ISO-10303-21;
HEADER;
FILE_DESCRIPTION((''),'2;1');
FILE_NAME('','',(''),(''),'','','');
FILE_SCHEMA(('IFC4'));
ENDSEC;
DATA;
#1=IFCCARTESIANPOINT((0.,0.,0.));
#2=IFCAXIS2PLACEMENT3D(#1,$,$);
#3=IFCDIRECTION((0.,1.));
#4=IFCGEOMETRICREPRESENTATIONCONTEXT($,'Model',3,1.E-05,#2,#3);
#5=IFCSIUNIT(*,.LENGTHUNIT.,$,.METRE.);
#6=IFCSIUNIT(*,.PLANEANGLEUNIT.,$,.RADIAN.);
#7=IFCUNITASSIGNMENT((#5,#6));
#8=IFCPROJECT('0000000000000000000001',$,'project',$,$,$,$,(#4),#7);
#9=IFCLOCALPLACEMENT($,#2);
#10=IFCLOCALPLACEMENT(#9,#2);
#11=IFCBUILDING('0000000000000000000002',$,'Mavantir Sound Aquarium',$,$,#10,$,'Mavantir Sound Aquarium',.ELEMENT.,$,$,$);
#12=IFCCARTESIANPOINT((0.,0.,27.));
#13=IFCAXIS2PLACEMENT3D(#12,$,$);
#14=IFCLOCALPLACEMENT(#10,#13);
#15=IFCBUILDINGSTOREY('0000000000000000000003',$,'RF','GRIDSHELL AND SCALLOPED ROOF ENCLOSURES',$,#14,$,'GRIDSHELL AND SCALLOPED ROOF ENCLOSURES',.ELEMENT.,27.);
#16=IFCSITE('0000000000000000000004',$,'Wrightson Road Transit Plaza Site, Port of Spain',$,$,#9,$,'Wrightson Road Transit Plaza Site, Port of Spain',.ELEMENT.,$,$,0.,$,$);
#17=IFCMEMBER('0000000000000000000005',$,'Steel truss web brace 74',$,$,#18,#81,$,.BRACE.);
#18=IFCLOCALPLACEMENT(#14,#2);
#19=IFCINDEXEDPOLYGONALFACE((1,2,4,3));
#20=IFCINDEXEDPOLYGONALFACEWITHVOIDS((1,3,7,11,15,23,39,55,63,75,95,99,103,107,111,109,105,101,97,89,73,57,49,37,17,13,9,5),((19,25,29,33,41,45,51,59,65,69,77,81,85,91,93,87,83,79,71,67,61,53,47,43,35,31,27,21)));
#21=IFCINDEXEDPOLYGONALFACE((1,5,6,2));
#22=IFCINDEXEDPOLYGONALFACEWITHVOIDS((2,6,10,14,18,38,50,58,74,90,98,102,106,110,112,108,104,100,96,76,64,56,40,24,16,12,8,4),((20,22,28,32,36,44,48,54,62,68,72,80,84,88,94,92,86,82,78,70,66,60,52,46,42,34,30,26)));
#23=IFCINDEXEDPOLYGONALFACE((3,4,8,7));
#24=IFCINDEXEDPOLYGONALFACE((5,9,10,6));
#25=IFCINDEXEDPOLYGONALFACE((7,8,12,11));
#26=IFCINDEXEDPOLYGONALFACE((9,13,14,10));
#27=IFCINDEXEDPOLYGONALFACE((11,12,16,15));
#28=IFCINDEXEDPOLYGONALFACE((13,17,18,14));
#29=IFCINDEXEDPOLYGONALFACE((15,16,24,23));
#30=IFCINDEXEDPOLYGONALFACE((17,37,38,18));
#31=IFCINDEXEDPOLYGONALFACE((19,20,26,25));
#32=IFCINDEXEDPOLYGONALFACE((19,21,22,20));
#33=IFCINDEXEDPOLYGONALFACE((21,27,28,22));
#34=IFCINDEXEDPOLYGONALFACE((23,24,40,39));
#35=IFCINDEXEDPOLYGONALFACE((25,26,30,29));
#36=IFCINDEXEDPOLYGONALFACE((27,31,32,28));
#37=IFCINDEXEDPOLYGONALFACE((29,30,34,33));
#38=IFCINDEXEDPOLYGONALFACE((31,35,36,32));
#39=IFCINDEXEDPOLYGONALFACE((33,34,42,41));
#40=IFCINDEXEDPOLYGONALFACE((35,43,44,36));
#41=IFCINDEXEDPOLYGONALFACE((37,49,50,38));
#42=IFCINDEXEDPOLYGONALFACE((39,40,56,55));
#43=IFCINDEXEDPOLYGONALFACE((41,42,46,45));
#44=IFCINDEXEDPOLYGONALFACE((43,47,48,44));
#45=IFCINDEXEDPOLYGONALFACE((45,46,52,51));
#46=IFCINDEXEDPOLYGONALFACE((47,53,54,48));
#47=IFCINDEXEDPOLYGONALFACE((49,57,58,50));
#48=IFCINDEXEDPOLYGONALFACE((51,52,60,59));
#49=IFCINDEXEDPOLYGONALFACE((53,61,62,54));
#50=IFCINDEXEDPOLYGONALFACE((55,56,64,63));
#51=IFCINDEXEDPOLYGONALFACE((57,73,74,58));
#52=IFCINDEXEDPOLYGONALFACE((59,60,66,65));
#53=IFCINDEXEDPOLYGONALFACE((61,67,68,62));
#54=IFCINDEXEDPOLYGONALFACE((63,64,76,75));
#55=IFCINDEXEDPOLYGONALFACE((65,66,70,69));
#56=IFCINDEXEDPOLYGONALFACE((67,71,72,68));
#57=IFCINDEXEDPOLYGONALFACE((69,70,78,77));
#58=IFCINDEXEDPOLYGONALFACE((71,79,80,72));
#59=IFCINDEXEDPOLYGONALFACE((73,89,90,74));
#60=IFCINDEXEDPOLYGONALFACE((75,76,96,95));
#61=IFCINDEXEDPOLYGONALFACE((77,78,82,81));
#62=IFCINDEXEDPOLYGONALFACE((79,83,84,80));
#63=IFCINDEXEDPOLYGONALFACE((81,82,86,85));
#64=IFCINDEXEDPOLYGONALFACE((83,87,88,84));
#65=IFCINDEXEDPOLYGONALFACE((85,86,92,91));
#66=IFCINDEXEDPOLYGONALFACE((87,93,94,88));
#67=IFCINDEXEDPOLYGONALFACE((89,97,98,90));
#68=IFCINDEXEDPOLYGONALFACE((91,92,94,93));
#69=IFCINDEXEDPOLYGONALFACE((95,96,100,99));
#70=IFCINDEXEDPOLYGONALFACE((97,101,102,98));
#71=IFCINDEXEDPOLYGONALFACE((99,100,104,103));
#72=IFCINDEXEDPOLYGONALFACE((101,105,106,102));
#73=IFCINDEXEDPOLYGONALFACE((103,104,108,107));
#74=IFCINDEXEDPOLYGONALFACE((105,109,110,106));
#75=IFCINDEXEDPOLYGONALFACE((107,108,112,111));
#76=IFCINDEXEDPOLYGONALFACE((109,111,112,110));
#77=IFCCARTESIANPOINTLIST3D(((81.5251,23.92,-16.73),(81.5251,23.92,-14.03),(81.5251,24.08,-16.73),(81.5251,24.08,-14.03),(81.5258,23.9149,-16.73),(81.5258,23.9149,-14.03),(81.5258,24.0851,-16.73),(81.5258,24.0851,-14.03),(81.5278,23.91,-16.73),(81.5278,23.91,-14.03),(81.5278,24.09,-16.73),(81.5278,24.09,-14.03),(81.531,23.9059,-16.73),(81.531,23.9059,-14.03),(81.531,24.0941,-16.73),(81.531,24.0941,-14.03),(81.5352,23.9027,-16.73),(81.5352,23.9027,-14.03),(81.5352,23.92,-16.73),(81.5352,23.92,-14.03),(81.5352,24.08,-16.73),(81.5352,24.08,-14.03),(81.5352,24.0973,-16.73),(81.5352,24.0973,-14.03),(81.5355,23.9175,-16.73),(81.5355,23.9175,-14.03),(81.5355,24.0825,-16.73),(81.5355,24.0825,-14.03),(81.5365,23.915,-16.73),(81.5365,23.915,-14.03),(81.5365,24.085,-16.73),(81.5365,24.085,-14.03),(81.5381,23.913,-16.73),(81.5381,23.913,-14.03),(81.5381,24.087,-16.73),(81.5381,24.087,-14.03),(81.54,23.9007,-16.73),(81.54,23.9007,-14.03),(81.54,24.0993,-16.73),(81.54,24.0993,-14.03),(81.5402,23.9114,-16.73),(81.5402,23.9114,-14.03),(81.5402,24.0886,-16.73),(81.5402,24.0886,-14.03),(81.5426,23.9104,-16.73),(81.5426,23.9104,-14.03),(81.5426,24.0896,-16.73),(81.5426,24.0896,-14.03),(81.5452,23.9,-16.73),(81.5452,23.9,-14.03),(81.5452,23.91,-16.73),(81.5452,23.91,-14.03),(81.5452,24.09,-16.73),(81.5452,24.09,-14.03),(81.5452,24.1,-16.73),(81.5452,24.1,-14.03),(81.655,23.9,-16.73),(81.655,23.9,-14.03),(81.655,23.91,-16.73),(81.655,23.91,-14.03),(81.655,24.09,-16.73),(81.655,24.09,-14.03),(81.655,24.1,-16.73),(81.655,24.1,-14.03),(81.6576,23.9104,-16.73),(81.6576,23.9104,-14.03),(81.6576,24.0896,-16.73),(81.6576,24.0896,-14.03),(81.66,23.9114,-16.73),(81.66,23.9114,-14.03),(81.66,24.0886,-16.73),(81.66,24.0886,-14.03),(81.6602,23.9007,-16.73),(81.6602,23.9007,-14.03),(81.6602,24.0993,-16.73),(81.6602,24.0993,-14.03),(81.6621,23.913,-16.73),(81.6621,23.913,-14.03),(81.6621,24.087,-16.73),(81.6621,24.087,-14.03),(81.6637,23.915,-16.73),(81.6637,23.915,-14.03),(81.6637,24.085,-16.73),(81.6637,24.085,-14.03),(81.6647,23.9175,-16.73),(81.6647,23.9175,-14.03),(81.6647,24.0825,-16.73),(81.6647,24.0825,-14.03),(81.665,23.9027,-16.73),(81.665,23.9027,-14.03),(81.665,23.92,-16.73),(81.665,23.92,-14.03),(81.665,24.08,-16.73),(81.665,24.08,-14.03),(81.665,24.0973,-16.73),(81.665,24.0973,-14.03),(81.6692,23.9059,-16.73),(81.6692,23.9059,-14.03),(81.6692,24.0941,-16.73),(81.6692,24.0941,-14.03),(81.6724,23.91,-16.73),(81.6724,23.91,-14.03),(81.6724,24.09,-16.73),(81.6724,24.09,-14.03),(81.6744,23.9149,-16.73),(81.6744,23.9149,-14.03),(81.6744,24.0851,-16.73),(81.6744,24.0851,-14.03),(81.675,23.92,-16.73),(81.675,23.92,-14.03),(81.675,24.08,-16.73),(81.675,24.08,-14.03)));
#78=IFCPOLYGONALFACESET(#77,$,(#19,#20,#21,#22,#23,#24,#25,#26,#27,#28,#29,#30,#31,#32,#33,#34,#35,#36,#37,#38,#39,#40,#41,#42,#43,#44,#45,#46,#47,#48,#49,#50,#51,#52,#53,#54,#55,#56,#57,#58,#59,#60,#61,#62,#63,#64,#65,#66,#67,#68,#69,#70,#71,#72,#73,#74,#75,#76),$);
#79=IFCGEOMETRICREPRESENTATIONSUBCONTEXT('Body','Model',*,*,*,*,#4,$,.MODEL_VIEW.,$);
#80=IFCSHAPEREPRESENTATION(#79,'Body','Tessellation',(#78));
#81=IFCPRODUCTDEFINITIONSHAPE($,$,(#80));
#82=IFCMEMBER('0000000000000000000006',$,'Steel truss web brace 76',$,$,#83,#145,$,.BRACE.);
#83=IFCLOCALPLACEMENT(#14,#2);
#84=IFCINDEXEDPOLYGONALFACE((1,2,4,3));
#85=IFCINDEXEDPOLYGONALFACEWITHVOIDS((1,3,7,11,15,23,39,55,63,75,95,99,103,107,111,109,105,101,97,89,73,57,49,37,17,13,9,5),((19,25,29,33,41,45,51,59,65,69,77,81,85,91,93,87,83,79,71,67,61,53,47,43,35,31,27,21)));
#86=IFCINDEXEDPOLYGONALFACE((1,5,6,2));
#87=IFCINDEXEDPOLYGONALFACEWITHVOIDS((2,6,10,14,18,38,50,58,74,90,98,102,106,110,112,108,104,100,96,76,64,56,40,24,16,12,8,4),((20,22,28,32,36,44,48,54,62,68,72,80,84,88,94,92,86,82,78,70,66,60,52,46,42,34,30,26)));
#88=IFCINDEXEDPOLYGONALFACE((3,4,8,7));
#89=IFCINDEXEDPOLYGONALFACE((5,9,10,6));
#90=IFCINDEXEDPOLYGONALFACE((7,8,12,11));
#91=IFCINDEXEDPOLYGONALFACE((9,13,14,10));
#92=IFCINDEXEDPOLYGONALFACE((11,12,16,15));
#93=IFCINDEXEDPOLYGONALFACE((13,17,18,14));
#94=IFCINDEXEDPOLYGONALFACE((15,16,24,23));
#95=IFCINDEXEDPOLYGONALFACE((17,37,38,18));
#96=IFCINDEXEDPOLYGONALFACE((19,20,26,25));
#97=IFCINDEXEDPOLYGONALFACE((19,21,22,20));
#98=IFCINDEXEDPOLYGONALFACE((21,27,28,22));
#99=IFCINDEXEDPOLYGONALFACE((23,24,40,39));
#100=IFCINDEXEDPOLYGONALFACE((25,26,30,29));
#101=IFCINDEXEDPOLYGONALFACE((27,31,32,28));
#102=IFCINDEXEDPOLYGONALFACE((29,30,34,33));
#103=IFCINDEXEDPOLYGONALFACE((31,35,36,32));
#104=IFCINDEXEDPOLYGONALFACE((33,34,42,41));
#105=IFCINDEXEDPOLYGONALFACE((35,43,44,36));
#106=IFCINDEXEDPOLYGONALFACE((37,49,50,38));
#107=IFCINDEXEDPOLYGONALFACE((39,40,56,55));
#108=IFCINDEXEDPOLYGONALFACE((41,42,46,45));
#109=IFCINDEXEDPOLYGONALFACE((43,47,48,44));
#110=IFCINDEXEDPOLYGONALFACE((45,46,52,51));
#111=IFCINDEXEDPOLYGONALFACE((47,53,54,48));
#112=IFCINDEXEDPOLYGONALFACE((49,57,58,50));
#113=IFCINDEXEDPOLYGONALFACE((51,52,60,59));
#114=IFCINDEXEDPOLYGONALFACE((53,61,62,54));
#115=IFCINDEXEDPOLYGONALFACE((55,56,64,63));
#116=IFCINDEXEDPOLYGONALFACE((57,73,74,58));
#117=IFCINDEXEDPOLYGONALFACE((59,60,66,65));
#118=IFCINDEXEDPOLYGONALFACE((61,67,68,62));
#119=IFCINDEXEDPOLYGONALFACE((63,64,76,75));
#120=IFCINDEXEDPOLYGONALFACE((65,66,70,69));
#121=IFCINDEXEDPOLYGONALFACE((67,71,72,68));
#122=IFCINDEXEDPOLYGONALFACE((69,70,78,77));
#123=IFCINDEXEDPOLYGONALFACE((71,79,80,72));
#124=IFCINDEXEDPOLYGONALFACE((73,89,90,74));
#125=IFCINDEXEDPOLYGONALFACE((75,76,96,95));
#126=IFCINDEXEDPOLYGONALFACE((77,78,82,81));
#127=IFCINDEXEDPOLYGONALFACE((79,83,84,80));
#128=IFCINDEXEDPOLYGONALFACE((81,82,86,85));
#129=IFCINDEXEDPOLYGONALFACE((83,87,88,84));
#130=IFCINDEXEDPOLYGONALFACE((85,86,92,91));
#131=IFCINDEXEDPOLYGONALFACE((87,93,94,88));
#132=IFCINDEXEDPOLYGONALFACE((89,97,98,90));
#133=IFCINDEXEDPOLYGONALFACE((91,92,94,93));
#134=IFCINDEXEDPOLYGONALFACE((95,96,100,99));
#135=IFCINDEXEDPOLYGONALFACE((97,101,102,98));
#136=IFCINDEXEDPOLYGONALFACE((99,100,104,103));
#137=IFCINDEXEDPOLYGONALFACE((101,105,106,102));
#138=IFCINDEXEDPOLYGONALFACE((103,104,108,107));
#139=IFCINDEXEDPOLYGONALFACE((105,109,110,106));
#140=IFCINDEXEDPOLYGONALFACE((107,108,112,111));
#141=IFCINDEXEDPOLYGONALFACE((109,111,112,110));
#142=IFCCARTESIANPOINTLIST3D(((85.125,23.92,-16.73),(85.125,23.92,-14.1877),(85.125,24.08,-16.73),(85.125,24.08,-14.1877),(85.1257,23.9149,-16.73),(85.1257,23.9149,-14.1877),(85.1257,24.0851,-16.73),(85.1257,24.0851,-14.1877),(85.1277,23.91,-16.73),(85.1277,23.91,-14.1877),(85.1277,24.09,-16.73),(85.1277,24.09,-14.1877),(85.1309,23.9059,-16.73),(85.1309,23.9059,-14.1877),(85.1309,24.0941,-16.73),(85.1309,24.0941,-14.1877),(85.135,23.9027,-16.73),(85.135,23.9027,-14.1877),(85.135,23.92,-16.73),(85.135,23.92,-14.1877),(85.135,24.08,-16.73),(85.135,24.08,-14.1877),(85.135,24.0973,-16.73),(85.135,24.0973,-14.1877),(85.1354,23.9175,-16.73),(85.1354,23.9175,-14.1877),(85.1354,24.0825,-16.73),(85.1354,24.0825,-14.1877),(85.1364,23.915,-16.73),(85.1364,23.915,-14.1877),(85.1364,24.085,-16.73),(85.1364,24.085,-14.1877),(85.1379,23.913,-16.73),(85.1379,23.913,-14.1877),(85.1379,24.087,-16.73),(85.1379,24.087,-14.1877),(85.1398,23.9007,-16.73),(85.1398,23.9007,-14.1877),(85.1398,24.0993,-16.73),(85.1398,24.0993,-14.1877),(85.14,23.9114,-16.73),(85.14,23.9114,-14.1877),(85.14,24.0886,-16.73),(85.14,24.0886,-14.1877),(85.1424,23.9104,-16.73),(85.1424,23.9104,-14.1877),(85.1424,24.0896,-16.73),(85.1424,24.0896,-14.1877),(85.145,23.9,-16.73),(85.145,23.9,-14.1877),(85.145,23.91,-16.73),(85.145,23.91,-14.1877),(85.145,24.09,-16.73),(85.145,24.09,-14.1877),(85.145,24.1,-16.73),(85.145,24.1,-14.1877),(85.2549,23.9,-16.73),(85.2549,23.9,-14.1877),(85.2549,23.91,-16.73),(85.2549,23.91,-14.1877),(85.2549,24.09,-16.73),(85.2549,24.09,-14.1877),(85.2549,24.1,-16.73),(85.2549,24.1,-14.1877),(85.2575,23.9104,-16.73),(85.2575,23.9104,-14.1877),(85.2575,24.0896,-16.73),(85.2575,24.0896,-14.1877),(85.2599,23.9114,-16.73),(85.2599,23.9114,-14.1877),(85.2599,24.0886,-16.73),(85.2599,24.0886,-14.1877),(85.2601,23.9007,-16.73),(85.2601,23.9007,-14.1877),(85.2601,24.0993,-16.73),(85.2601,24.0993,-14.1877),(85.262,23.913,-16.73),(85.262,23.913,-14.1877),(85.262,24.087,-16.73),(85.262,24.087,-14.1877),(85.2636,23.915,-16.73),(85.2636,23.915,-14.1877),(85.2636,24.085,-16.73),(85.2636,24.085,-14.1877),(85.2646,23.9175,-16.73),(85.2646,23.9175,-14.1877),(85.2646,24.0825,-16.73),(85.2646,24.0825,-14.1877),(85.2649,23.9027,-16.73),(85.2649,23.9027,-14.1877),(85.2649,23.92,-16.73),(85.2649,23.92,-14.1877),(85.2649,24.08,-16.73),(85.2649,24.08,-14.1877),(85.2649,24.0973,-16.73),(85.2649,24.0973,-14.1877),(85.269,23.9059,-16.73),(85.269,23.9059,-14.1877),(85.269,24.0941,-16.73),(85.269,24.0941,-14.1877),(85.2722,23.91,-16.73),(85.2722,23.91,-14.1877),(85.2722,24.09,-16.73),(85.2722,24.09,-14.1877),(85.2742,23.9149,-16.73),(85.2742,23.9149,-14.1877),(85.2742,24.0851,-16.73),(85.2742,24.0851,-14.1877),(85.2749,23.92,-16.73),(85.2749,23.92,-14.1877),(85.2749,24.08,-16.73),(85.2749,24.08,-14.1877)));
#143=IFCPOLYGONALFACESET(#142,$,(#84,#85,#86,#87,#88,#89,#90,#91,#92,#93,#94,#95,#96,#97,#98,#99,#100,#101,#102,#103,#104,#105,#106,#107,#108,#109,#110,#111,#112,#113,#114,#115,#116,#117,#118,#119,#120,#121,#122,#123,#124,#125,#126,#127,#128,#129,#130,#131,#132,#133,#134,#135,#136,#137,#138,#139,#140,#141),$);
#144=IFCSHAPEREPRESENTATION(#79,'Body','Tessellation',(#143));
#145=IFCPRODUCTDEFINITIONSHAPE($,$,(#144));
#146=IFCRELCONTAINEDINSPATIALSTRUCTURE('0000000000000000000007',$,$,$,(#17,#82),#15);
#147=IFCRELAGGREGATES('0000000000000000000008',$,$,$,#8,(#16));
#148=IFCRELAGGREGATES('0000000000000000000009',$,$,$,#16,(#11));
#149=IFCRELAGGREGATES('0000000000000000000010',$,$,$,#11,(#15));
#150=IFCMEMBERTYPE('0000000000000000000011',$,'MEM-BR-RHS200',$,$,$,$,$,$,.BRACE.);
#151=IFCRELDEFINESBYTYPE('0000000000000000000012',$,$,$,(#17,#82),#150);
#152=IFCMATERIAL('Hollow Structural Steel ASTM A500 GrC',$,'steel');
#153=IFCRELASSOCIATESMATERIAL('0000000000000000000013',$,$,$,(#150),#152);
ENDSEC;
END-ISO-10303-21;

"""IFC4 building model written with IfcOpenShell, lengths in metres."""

from ifc_helpers import new_model, si_unit, direction, frame, origin, origin_2d, place, context, subcontext, project, spatial, hollow_rectangle, extrude, material, material_profile, profile_set, type_object, element, save


model = new_model("IFC4")

# Units and contexts
model_context = context("Model", 3, precision=1e-05, world=origin(), true_north=direction((0.0, 1.0)))
body_context = subcontext(model_context, "Body", "Model", "MODEL_VIEW")
ifc_project = project(units=[si_unit("LENGTHUNIT", "METRE"), si_unit("PLANEANGLEUNIT", "RADIAN")], contexts=[model_context])

# Site, building, storey
site_placement = place(None, origin())
site = spatial("IfcSite", under=ifc_project, at=site_placement, Name="Wrightson Road Transit Plaza Site, Port of Spain", LongName="Wrightson Road Transit Plaza Site, Port of Spain", CompositionType="ELEMENT", RefElevation=0.0)
building_placement = place(site_placement, origin())
building = spatial("IfcBuilding", under=site, at=building_placement, Name="Mavantir Sound Aquarium", LongName="Mavantir Sound Aquarium", CompositionType="ELEMENT")
storey_placement = place(building_placement, frame((0.0, 0.0, 27.0)))
storey = spatial("IfcBuildingStorey", under=building, at=storey_placement, Name="RF", Description="GRIDSHELL AND SCALLOPED ROOF ENCLOSURES", LongName="GRIDSHELL AND SCALLOPED ROOF ENCLOSURES", CompositionType="ELEMENT", Elevation=27.0)

# Shared definitions
ifc_material_1 = material(Name="Hollow Structural Steel ASTM A500 GrC", Category="steel")

# Members
ifc_material_profile_1 = material_profile(ifc_material_1, hollow_rectangle(XDim=0.1499, YDim=0.2, WallThickness=0.01, InnerFilletRadius=0.01, OuterFilletRadius=0.02, at=origin_2d()), Name="RHS 200X150X10")
ifc_profile_set_1 = profile_set([ifc_material_profile_1], Name="Hollow Structural Steel ASTM A500 GrC")
member_type_1 = type_object("IfcMemberType", Name="MEM-BR-RHS200", PredefinedType="BRACE", material=ifc_profile_set_1)
member_1_placement = place(storey_placement, frame((81.6001, 24.0, -16.73), z_axis=(0.0, 0.0, 1.0), x_axis=(1.0, 0.0, 0.0)))
element("IfcMember", 1, at=member_1_placement, inside=storey, type_object=member_type_1, Name="Steel truss web brace 74", PredefinedType="BRACE", context=body_context, shape_type="SweptSolid", body=[
    extrude(hollow_rectangle(XDim=0.1499, YDim=0.2, WallThickness=0.01, InnerFilletRadius=0.01, OuterFilletRadius=0.02, at=origin_2d()), origin(), (0.0, 0.0, 1.0), 2.7),
])
member_2_placement = place(storey_placement, frame((85.2, 24.0, -16.73), z_axis=(0.0, 0.0, 1.0), x_axis=(1.0, 0.0, 0.0)))
element("IfcMember", 2, at=member_2_placement, inside=storey, type_object=member_type_1, Name="Steel truss web brace 76", PredefinedType="BRACE", context=body_context, shape_type="SweptSolid", body=[
    extrude(hollow_rectangle(XDim=0.1499, YDim=0.2, WallThickness=0.01, InnerFilletRadius=0.01, OuterFilletRadius=0.02, at=origin_2d()), origin(), (0.0, 0.0, 1.0), 2.5422),
])

save(model, "model.ifc")
